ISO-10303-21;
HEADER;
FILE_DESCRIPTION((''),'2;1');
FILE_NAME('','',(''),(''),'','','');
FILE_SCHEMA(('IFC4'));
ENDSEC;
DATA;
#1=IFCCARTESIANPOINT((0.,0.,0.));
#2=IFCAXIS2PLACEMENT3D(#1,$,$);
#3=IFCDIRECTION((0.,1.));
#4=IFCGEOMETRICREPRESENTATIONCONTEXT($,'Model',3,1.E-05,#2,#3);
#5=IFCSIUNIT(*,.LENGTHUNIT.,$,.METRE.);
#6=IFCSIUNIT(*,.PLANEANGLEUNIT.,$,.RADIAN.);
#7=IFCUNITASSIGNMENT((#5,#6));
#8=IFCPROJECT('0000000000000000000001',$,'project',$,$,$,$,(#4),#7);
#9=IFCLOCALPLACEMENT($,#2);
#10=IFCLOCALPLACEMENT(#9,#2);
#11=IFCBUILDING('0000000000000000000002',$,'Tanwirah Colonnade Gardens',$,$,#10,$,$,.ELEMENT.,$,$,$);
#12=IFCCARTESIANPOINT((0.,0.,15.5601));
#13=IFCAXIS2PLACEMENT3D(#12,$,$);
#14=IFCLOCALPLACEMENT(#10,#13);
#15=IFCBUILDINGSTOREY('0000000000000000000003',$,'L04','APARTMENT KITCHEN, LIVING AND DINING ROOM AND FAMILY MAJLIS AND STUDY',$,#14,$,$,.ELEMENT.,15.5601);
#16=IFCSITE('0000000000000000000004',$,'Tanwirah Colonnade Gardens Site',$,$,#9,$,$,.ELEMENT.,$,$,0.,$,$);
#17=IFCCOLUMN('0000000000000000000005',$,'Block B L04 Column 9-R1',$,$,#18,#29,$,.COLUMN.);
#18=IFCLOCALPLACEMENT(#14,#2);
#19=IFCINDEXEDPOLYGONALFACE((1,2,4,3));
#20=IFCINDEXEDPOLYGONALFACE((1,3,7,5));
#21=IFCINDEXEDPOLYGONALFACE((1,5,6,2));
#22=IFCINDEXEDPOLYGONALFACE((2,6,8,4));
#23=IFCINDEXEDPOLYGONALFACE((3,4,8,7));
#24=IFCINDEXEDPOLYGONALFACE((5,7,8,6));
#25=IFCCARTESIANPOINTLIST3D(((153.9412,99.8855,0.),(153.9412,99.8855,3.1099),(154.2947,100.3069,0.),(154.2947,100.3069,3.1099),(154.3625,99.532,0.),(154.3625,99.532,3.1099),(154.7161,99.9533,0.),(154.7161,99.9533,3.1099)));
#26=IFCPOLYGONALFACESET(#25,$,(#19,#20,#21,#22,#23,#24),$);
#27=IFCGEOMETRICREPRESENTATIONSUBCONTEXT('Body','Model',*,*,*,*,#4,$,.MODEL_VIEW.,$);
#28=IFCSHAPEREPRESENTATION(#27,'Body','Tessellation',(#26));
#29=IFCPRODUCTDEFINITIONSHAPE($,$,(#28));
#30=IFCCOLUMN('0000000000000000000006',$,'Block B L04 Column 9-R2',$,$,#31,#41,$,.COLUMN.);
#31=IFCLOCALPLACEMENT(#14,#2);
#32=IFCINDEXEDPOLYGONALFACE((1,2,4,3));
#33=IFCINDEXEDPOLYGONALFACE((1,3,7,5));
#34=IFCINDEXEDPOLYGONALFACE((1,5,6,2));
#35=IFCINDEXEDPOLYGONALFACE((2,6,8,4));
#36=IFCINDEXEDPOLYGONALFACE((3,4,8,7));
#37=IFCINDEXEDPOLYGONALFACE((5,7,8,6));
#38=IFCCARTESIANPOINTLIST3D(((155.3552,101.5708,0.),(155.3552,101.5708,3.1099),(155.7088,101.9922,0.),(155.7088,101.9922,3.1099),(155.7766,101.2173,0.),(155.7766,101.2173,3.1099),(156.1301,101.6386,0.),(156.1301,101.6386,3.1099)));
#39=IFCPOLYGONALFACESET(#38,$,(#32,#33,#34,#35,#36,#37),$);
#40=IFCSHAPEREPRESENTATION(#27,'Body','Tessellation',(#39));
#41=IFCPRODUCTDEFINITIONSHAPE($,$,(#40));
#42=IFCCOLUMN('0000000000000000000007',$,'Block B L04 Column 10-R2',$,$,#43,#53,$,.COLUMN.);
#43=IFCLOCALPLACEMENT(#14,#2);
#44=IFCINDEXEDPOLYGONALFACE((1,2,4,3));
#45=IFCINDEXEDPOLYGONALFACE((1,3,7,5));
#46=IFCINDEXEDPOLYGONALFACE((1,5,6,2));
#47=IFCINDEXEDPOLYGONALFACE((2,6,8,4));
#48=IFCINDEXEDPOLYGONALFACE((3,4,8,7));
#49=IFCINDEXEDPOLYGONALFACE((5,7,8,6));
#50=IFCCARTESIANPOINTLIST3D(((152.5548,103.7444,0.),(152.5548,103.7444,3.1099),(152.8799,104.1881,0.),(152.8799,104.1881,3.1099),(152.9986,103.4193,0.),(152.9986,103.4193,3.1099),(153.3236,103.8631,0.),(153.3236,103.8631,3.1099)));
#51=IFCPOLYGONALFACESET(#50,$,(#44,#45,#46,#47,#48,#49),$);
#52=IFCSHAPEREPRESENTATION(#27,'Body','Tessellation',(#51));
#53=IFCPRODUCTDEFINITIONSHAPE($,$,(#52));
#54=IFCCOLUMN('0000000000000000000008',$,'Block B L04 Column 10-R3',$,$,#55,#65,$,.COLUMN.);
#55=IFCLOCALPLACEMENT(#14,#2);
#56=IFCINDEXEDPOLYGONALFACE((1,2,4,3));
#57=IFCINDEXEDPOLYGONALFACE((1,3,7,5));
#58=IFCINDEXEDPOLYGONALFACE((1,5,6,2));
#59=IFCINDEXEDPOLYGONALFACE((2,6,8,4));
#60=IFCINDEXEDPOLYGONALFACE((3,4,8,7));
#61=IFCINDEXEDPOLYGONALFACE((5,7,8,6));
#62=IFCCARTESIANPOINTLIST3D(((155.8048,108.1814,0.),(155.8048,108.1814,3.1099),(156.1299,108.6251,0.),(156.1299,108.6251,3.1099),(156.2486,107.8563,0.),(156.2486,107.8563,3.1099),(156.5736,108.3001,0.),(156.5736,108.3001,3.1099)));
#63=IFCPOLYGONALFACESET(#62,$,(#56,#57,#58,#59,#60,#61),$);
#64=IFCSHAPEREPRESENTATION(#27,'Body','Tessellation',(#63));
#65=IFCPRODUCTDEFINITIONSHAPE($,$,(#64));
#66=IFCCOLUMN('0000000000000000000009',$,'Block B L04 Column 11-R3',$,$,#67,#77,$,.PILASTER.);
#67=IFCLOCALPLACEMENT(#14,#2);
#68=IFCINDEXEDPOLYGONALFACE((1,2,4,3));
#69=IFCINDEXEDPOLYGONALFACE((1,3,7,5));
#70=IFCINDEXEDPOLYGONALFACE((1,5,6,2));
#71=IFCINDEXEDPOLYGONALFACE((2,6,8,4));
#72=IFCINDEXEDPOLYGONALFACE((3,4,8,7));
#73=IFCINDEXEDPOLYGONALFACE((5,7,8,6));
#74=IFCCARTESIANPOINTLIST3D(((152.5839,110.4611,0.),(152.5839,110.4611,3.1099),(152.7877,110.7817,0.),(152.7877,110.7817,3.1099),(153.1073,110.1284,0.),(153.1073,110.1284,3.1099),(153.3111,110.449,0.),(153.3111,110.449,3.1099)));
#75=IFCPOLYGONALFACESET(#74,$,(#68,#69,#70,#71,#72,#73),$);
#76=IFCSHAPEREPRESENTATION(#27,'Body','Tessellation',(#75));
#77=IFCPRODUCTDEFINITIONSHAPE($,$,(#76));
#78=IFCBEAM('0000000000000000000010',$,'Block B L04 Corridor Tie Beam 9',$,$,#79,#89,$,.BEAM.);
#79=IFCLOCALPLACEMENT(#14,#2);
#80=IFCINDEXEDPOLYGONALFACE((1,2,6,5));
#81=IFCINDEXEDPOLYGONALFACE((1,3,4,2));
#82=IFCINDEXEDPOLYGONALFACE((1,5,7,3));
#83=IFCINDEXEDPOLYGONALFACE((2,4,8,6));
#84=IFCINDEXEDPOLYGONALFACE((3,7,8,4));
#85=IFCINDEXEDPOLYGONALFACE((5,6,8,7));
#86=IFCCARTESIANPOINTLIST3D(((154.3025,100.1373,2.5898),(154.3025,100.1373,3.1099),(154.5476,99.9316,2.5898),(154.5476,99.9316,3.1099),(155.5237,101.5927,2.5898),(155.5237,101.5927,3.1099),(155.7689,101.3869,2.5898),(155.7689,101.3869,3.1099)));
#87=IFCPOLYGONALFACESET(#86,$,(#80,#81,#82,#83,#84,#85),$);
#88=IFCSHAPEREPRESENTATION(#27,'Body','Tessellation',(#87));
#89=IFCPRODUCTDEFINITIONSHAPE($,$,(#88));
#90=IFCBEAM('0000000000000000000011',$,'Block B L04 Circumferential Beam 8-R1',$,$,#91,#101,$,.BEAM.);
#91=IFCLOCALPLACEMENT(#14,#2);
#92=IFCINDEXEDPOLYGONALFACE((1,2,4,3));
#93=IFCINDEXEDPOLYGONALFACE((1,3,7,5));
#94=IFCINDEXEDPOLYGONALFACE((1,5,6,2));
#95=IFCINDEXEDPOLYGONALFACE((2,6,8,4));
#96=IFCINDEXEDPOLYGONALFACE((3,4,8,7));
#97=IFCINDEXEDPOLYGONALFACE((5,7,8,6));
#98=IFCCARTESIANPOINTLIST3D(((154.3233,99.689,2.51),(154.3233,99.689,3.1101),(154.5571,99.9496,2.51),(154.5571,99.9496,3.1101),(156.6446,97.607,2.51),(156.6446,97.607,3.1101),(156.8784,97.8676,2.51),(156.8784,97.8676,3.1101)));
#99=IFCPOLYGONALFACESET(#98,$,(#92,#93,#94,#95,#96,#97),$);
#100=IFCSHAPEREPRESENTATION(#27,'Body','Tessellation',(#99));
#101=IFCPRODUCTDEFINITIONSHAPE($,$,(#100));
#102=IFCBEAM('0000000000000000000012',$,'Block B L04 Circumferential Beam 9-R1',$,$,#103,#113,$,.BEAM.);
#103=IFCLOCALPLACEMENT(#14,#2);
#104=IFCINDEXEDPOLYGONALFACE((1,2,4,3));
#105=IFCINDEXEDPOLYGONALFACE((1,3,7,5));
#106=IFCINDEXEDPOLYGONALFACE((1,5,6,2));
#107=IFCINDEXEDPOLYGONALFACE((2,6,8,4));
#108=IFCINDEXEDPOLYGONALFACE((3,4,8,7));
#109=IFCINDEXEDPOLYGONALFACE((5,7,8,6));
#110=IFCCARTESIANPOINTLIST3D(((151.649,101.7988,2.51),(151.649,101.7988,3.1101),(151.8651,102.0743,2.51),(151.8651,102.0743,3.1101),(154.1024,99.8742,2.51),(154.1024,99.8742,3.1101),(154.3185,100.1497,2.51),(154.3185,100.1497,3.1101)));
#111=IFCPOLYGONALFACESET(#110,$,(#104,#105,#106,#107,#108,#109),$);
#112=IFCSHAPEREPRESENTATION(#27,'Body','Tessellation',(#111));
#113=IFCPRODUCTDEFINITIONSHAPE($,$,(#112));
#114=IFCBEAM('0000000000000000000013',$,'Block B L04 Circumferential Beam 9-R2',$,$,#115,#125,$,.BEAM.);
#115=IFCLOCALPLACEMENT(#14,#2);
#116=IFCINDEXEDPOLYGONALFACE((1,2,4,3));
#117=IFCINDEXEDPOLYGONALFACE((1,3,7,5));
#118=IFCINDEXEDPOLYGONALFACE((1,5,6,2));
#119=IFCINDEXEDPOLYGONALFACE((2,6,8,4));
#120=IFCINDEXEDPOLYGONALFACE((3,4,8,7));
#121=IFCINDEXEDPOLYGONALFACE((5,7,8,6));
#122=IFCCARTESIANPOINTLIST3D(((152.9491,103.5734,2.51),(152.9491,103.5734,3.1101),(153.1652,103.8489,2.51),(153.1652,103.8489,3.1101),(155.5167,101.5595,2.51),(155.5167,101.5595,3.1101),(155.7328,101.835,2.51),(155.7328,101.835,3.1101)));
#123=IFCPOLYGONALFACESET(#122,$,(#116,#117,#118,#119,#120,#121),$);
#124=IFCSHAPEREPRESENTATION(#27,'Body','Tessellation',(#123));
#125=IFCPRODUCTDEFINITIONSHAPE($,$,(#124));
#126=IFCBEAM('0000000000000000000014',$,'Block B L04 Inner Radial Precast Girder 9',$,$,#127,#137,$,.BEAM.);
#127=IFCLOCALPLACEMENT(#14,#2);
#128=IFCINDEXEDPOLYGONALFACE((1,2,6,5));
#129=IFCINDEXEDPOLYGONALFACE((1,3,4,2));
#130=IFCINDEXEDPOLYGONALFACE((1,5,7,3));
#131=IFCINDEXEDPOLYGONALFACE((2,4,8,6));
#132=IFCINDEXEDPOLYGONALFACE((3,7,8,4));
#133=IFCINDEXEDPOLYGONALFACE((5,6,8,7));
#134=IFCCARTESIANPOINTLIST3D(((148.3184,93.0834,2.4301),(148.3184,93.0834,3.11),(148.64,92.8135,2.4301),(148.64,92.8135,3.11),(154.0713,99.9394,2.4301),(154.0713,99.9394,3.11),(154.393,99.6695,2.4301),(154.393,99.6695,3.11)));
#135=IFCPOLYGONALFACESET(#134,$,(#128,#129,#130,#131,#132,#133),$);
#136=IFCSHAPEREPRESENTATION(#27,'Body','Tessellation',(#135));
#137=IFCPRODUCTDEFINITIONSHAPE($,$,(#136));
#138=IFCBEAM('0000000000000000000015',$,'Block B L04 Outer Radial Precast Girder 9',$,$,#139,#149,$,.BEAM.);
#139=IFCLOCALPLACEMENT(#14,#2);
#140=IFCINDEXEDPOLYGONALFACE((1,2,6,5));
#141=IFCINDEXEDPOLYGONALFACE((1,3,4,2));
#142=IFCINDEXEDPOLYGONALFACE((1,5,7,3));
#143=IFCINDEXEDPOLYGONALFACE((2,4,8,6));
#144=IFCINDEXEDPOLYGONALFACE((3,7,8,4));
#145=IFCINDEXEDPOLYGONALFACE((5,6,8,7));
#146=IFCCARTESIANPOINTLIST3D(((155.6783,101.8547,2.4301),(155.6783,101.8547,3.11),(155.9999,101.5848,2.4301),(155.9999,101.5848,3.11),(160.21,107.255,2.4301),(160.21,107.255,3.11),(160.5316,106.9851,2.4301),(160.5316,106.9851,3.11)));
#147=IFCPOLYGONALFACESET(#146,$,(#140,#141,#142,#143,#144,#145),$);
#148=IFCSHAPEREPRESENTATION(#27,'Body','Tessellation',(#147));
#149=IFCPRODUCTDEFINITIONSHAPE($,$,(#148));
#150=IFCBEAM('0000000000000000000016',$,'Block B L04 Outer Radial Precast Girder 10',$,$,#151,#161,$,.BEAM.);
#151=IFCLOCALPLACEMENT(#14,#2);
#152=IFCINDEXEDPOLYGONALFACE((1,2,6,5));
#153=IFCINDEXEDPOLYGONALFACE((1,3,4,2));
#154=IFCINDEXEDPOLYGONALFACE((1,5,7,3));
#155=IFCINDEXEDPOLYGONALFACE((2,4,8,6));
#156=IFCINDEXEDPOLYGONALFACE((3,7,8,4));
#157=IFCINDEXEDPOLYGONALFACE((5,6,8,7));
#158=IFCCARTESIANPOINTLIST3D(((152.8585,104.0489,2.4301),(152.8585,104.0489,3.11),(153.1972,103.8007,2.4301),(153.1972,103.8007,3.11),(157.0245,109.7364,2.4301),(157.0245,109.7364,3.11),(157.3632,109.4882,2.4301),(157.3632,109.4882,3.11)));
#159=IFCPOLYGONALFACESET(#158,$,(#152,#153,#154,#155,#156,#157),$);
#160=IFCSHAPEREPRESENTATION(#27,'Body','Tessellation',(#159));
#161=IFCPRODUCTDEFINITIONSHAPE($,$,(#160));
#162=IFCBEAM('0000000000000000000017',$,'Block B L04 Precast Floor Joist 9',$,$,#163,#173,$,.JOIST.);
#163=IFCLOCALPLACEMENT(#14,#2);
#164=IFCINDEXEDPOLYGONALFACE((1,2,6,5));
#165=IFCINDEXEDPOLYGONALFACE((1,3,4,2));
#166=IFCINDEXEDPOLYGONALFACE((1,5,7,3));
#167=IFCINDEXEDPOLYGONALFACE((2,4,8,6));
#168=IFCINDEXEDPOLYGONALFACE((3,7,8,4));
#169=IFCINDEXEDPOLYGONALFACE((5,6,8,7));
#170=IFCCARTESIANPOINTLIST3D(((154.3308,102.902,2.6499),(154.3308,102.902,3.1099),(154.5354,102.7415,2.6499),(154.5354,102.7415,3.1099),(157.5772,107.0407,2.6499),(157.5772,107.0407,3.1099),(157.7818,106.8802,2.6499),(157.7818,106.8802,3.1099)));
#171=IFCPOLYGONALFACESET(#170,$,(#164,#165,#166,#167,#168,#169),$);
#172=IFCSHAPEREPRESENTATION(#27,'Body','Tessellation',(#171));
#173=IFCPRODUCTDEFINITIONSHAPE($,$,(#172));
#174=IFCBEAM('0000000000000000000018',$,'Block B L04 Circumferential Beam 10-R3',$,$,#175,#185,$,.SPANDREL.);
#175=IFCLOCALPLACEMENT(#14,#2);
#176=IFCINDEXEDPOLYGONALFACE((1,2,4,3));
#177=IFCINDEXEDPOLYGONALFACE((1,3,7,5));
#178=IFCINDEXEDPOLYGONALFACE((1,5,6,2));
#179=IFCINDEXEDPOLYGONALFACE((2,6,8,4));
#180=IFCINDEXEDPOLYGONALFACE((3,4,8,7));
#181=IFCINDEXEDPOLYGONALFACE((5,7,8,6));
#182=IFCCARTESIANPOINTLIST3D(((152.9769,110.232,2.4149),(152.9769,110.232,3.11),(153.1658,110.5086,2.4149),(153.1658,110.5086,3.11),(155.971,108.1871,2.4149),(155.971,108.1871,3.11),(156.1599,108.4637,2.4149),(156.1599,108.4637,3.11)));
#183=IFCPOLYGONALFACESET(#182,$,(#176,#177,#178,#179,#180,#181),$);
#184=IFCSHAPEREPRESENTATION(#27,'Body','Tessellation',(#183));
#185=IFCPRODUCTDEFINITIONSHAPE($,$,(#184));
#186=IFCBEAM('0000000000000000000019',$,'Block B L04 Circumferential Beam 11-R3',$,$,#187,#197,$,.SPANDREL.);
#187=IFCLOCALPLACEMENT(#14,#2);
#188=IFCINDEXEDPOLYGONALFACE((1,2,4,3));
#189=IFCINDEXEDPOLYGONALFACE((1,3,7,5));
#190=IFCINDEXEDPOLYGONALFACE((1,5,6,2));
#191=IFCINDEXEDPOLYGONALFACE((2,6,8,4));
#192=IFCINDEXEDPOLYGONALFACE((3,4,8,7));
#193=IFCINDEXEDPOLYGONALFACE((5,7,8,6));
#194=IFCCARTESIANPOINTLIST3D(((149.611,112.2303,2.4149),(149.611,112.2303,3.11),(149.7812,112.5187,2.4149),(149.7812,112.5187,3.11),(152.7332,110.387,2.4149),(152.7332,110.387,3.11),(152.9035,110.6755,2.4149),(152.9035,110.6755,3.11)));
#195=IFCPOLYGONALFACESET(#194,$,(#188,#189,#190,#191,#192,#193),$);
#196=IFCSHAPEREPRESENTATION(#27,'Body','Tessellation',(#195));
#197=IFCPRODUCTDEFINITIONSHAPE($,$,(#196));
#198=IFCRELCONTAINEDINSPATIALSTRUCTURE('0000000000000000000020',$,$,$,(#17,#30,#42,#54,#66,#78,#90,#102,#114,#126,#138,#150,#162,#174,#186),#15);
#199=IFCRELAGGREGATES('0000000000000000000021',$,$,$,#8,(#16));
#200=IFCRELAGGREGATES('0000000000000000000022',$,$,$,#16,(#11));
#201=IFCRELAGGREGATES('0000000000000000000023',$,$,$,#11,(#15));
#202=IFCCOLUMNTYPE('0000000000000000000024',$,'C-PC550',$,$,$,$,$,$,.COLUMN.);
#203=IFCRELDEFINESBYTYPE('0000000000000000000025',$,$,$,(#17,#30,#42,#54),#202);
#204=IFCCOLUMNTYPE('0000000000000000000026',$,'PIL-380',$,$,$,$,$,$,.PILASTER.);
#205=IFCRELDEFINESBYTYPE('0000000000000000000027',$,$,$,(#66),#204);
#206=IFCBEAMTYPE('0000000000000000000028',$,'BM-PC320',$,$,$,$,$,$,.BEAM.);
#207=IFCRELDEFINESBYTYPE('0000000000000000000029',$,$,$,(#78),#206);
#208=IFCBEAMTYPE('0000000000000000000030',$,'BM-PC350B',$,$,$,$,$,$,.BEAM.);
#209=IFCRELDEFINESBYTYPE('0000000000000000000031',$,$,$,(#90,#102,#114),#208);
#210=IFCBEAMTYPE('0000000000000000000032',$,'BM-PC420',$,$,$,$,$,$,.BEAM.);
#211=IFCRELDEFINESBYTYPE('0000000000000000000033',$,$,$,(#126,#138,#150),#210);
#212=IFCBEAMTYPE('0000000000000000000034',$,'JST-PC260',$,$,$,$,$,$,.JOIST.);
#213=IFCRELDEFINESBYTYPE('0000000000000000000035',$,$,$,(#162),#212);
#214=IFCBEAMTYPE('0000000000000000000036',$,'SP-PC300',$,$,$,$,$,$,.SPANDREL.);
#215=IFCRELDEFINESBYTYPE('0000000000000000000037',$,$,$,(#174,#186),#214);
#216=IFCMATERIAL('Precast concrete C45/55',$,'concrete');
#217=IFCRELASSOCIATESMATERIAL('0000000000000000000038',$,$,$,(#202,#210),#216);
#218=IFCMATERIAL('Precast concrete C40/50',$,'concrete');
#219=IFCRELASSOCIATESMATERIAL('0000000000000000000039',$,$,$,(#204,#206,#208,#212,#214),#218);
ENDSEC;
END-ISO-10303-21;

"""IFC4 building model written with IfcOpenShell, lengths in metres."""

from ifc_helpers import new_model, si_unit, direction, frame, origin, origin_2d, place, context, subcontext, project, spatial, rectangle, extrude, material, material_profile, profile_set, type_object, element, save


model = new_model("IFC4")

# Units and contexts
model_context = context("Model", 3, precision=1e-05, world=origin(), true_north=direction((0.0, 1.0)))
body_context = subcontext(model_context, "Body", "Model", "MODEL_VIEW")
ifc_project = project(units=[si_unit("LENGTHUNIT", "METRE"), si_unit("PLANEANGLEUNIT", "RADIAN")], contexts=[model_context])

# Site, building, storey
site_placement = place(None, origin())
site = spatial("IfcSite", under=ifc_project, at=site_placement, Name="Tanwirah Colonnade Gardens Site", CompositionType="ELEMENT", RefElevation=0.0)
building_placement = place(site_placement, origin())
building = spatial("IfcBuilding", under=site, at=building_placement, Name="Tanwirah Colonnade Gardens", CompositionType="ELEMENT")
storey_placement = place(building_placement, frame((0.0, 0.0, 15.5601)))
storey = spatial("IfcBuildingStorey", under=building, at=storey_placement, Name="L04", Description="APARTMENT KITCHEN, LIVING AND DINING ROOM AND FAMILY MAJLIS AND STUDY", CompositionType="ELEMENT", Elevation=15.5601)

# Columns
ifc_material_1 = material(Name="Precast concrete C45/55", Category="concrete")
ifc_material_profile_1 = material_profile(ifc_material_1, rectangle(XDim=0.55, YDim=0.55, at=origin_2d()), Name="PC-COL 550x550")
ifc_profile_set_1 = profile_set([ifc_material_profile_1], Name="Precast concrete C45/55")
column_type_1 = type_object("IfcColumnType", Name="C-PC550", PredefinedType="COLUMN", material=ifc_profile_set_1)
for number, where, z_axis, x_axis, name in (
    (1, (154.3286, 99.9194, 0.0), (0.0, 0.0, 1.0), (0.642788, 0.766044, 0.0), "Block B L04 Column 9-R1"),
    (2, (155.7427, 101.6047, 0.0), (0.0, 0.0, 1.0), (0.642788, 0.766044, 0.0), "Block B L04 Column 9-R2"),
    (3, (152.9392, 103.8037, 0.0), (0.0, 0.0, 1.0), (0.590919, 0.806731, 0.0), "Block B L04 Column 10-R2"),
    (4, (156.1892, 108.2407, 0.0), (0.0, 0.0, 1.0), (0.590919, 0.806731, 0.0), "Block B L04 Column 10-R3"),
):
    element("IfcColumn", number, at=place(storey_placement, frame(where, z_axis=z_axis, x_axis=x_axis)), inside=storey, type_object=column_type_1, Name=name, PredefinedType="COLUMN", context=body_context, shape_type="SweptSolid", body=[
        extrude(rectangle(XDim=0.55, YDim=0.55, at=origin_2d()), origin(), (0.0, 0.0, 1.0), 3.1099),
    ])
ifc_material_2 = material(Name="Precast concrete C40/50", Category="concrete")
ifc_material_profile_2 = material_profile(ifc_material_2, rectangle(XDim=0.3799, YDim=0.6201, at=origin_2d()), Name="PC-PIL 380x620")
ifc_profile_set_2 = profile_set([ifc_material_profile_2], Name="Precast concrete C40/50")
column_type_2 = type_object("IfcColumnType", Name="PIL-380", PredefinedType="PILASTER", material=ifc_profile_set_2)
column_placement = place(storey_placement, frame((152.9475, 110.4551, 0.0), z_axis=(0.0, 0.0, 1.0), x_axis=(0.536482, 0.843912, 0.0)))
element("IfcColumn", 5, at=column_placement, inside=storey, type_object=column_type_2, Name="Block B L04 Column 11-R3", PredefinedType="PILASTER", context=body_context, shape_type="SweptSolid", body=[
    extrude(rectangle(XDim=0.3799, YDim=0.6201, at=origin_2d()), origin(), (0.0, 0.0, 1.0), 3.1099),
])

# Beams
ifc_material_profile_3 = material_profile(ifc_material_2, rectangle(XDim=0.3201, YDim=0.52, at=origin_2d()), Name="PC-BM 320x520")
ifc_profile_set_3 = profile_set([ifc_material_profile_3], Name="Precast concrete C40/50")
beam_type_1 = type_object("IfcBeamType", Name="BM-PC320", PredefinedType="BEAM", material=ifc_profile_set_3)
beam_1_placement = place(storey_placement, frame((154.425, 100.0344, 2.8499), z_axis=(0.642797, 0.766036, 0.0), x_axis=(-0.766036, 0.642797, 0.0)))
element("IfcBeam", 6, at=beam_1_placement, inside=storey, type_object=beam_type_1, Name="Block B L04 Corridor Tie Beam 9", PredefinedType="BEAM", context=body_context, shape_type="SweptSolid", body=[
    extrude(rectangle(XDim=0.3201, YDim=0.52, at=origin_2d()), origin(), (0.0, 0.0, 1.0), 1.8999),
])
ifc_material_profile_4 = material_profile(ifc_material_2, rectangle(XDim=0.3501, YDim=0.6001, at=origin_2d()), Name="PC-BM 350x600")
ifc_profile_set_4 = profile_set([ifc_material_profile_4], Name="Precast concrete C40/50")
beam_type_2 = type_object("IfcBeamType", Name="BM-PC350B", PredefinedType="BEAM", material=ifc_profile_set_4)
for number, where, z_axis, x_axis, name in (
    (7, (156.7615, 97.7373, 2.8101), (-0.74443, 0.667701, 0.0), (-0.667701, -0.74443, 0.0), "Block B L04 Circumferential Beam 8-R1"),
    (8, (154.2104, 100.012, 2.8101), (-0.786799, 0.617209, 0.0), (-0.617209, -0.786799, 0.0), "Block B L04 Circumferential Beam 9-R1"),
):
    element("IfcBeam", number, at=place(storey_placement, frame(where, z_axis=z_axis, x_axis=x_axis)), inside=storey, type_object=beam_type_2, Name=name, PredefinedType="BEAM", context=body_context, shape_type="SweptSolid", body=[
        extrude(rectangle(XDim=0.3501, YDim=0.6001, at=origin_2d()), origin(), (0.0, 0.0, 1.0), 3.1182),
    ])
beam_2_placement = place(storey_placement, frame((155.6248, 101.6973, 2.8101), z_axis=(-0.78684, 0.617157, 0.0), x_axis=(-0.617157, -0.78684, 0.0)))
element("IfcBeam", 9, at=beam_2_placement, inside=storey, type_object=beam_type_2, Name="Block B L04 Circumferential Beam 9-R2", PredefinedType="BEAM", context=body_context, shape_type="SweptSolid", body=[
    extrude(rectangle(XDim=0.3501, YDim=0.6001, at=origin_2d()), origin(), (0.0, 0.0, 1.0), 3.2632),
])
ifc_material_profile_5 = material_profile(ifc_material_1, rectangle(XDim=0.4199, YDim=0.6799, at=origin_2d()), Name="PC-BM 420x680")
ifc_profile_set_5 = profile_set([ifc_material_profile_5], Name="Precast concrete C45/55")
beam_type_3 = type_object("IfcBeamType", Name="BM-PC420", PredefinedType="BEAM", material=ifc_profile_set_5)
beam_3_placement = place(storey_placement, frame((154.2322, 99.8044, 2.77), z_axis=(-0.642794, -0.766039, 0.0), x_axis=(0.766039, -0.642794, 0.0)))
element("IfcBeam", 10, at=beam_3_placement, inside=storey, type_object=beam_type_3, Name="Block B L04 Inner Radial Precast Girder 9", PredefinedType="BEAM", context=body_context, shape_type="SweptSolid", body=[
    extrude(rectangle(XDim=0.4199, YDim=0.6799, at=origin_2d()), origin(), (0.0, 0.0, 1.0), 8.95),
])
beam_4_placement = place(storey_placement, frame((155.8391, 101.7197, 2.77), z_axis=(0.64281, 0.766025, 0.0), x_axis=(-0.766025, 0.64281, 0.0)))
element("IfcBeam", 11, at=beam_4_placement, inside=storey, type_object=beam_type_3, Name="Block B L04 Outer Radial Precast Girder 9", PredefinedType="BEAM", context=body_context, shape_type="SweptSolid", body=[
    extrude(rectangle(XDim=0.4199, YDim=0.6799, at=origin_2d()), origin(), (0.0, 0.0, 1.0), 7.0498),
])
beam_5_placement = place(storey_placement, frame((153.0278, 103.9248, 2.77), z_axis=(0.590919, 0.806731, 0.0), x_axis=(-0.806731, 0.590919, 0.0)))
element("IfcBeam", 12, at=beam_5_placement, inside=storey, type_object=beam_type_3, Name="Block B L04 Outer Radial Precast Girder 10", PredefinedType="BEAM", context=body_context, shape_type="SweptSolid", body=[
    extrude(rectangle(XDim=0.4199, YDim=0.6799, at=origin_2d()), origin(), (0.0, 0.0, 1.0), 7.05),
])
ifc_material_profile_6 = material_profile(ifc_material_2, rectangle(XDim=0.26, YDim=0.46, at=origin_2d()), Name="PC-JST 260x460")
ifc_profile_set_6 = profile_set([ifc_material_profile_6], Name="Precast concrete C40/50")
beam_type_4 = type_object("IfcBeamType", Name="JST-PC260", PredefinedType="JOIST", material=ifc_profile_set_6)
beam_6_placement = place(storey_placement, frame((154.4331, 102.8218, 2.8799), z_axis=(0.617178, 0.786824, 0.0), x_axis=(-0.786824, 0.617178, 0.0)))
element("IfcBeam", 13, at=beam_6_placement, inside=storey, type_object=beam_type_4, Name="Block B L04 Precast Floor Joist 9", PredefinedType="JOIST", context=body_context, shape_type="SweptSolid", body=[
    extrude(rectangle(XDim=0.26, YDim=0.46, at=origin_2d()), origin(), (0.0, 0.0, 1.0), 5.26),
])
ifc_material_profile_7 = material_profile(ifc_material_2, rectangle(XDim=0.335, YDim=0.6951, at=origin_2d()), Name="PC-SP 335x695")
ifc_profile_set_7 = profile_set([ifc_material_profile_7], Name="Precast concrete C40/50")
beam_type_5 = type_object("IfcBeamType", Name="SP-PC300", PredefinedType="SPANDREL", material=ifc_profile_set_7)
for number, where, z_axis, x_axis, name in (
    (14, (156.0654, 108.3254, 2.7625), (-0.825783, 0.563989, 0.0), (-0.563989, -0.825783, 0.0), "Block B L04 Circumferential Beam 10-R3"),
    (15, (152.8184, 110.5312, 2.7625), (-0.861137, 0.508373, 0.0), (-0.508373, -0.861137, 0.0), "Block B L04 Circumferential Beam 11-R3"),
):
    element("IfcBeam", number, at=place(storey_placement, frame(where, z_axis=z_axis, x_axis=x_axis)), inside=storey, type_object=beam_type_5, Name=name, PredefinedType="SPANDREL", context=body_context, shape_type="SweptSolid", body=[
        extrude(rectangle(XDim=0.335, YDim=0.6951, at=origin_2d()), origin(), (0.0, 0.0, 1.0), 3.6257),
    ])

save(model, "model.ifc")
